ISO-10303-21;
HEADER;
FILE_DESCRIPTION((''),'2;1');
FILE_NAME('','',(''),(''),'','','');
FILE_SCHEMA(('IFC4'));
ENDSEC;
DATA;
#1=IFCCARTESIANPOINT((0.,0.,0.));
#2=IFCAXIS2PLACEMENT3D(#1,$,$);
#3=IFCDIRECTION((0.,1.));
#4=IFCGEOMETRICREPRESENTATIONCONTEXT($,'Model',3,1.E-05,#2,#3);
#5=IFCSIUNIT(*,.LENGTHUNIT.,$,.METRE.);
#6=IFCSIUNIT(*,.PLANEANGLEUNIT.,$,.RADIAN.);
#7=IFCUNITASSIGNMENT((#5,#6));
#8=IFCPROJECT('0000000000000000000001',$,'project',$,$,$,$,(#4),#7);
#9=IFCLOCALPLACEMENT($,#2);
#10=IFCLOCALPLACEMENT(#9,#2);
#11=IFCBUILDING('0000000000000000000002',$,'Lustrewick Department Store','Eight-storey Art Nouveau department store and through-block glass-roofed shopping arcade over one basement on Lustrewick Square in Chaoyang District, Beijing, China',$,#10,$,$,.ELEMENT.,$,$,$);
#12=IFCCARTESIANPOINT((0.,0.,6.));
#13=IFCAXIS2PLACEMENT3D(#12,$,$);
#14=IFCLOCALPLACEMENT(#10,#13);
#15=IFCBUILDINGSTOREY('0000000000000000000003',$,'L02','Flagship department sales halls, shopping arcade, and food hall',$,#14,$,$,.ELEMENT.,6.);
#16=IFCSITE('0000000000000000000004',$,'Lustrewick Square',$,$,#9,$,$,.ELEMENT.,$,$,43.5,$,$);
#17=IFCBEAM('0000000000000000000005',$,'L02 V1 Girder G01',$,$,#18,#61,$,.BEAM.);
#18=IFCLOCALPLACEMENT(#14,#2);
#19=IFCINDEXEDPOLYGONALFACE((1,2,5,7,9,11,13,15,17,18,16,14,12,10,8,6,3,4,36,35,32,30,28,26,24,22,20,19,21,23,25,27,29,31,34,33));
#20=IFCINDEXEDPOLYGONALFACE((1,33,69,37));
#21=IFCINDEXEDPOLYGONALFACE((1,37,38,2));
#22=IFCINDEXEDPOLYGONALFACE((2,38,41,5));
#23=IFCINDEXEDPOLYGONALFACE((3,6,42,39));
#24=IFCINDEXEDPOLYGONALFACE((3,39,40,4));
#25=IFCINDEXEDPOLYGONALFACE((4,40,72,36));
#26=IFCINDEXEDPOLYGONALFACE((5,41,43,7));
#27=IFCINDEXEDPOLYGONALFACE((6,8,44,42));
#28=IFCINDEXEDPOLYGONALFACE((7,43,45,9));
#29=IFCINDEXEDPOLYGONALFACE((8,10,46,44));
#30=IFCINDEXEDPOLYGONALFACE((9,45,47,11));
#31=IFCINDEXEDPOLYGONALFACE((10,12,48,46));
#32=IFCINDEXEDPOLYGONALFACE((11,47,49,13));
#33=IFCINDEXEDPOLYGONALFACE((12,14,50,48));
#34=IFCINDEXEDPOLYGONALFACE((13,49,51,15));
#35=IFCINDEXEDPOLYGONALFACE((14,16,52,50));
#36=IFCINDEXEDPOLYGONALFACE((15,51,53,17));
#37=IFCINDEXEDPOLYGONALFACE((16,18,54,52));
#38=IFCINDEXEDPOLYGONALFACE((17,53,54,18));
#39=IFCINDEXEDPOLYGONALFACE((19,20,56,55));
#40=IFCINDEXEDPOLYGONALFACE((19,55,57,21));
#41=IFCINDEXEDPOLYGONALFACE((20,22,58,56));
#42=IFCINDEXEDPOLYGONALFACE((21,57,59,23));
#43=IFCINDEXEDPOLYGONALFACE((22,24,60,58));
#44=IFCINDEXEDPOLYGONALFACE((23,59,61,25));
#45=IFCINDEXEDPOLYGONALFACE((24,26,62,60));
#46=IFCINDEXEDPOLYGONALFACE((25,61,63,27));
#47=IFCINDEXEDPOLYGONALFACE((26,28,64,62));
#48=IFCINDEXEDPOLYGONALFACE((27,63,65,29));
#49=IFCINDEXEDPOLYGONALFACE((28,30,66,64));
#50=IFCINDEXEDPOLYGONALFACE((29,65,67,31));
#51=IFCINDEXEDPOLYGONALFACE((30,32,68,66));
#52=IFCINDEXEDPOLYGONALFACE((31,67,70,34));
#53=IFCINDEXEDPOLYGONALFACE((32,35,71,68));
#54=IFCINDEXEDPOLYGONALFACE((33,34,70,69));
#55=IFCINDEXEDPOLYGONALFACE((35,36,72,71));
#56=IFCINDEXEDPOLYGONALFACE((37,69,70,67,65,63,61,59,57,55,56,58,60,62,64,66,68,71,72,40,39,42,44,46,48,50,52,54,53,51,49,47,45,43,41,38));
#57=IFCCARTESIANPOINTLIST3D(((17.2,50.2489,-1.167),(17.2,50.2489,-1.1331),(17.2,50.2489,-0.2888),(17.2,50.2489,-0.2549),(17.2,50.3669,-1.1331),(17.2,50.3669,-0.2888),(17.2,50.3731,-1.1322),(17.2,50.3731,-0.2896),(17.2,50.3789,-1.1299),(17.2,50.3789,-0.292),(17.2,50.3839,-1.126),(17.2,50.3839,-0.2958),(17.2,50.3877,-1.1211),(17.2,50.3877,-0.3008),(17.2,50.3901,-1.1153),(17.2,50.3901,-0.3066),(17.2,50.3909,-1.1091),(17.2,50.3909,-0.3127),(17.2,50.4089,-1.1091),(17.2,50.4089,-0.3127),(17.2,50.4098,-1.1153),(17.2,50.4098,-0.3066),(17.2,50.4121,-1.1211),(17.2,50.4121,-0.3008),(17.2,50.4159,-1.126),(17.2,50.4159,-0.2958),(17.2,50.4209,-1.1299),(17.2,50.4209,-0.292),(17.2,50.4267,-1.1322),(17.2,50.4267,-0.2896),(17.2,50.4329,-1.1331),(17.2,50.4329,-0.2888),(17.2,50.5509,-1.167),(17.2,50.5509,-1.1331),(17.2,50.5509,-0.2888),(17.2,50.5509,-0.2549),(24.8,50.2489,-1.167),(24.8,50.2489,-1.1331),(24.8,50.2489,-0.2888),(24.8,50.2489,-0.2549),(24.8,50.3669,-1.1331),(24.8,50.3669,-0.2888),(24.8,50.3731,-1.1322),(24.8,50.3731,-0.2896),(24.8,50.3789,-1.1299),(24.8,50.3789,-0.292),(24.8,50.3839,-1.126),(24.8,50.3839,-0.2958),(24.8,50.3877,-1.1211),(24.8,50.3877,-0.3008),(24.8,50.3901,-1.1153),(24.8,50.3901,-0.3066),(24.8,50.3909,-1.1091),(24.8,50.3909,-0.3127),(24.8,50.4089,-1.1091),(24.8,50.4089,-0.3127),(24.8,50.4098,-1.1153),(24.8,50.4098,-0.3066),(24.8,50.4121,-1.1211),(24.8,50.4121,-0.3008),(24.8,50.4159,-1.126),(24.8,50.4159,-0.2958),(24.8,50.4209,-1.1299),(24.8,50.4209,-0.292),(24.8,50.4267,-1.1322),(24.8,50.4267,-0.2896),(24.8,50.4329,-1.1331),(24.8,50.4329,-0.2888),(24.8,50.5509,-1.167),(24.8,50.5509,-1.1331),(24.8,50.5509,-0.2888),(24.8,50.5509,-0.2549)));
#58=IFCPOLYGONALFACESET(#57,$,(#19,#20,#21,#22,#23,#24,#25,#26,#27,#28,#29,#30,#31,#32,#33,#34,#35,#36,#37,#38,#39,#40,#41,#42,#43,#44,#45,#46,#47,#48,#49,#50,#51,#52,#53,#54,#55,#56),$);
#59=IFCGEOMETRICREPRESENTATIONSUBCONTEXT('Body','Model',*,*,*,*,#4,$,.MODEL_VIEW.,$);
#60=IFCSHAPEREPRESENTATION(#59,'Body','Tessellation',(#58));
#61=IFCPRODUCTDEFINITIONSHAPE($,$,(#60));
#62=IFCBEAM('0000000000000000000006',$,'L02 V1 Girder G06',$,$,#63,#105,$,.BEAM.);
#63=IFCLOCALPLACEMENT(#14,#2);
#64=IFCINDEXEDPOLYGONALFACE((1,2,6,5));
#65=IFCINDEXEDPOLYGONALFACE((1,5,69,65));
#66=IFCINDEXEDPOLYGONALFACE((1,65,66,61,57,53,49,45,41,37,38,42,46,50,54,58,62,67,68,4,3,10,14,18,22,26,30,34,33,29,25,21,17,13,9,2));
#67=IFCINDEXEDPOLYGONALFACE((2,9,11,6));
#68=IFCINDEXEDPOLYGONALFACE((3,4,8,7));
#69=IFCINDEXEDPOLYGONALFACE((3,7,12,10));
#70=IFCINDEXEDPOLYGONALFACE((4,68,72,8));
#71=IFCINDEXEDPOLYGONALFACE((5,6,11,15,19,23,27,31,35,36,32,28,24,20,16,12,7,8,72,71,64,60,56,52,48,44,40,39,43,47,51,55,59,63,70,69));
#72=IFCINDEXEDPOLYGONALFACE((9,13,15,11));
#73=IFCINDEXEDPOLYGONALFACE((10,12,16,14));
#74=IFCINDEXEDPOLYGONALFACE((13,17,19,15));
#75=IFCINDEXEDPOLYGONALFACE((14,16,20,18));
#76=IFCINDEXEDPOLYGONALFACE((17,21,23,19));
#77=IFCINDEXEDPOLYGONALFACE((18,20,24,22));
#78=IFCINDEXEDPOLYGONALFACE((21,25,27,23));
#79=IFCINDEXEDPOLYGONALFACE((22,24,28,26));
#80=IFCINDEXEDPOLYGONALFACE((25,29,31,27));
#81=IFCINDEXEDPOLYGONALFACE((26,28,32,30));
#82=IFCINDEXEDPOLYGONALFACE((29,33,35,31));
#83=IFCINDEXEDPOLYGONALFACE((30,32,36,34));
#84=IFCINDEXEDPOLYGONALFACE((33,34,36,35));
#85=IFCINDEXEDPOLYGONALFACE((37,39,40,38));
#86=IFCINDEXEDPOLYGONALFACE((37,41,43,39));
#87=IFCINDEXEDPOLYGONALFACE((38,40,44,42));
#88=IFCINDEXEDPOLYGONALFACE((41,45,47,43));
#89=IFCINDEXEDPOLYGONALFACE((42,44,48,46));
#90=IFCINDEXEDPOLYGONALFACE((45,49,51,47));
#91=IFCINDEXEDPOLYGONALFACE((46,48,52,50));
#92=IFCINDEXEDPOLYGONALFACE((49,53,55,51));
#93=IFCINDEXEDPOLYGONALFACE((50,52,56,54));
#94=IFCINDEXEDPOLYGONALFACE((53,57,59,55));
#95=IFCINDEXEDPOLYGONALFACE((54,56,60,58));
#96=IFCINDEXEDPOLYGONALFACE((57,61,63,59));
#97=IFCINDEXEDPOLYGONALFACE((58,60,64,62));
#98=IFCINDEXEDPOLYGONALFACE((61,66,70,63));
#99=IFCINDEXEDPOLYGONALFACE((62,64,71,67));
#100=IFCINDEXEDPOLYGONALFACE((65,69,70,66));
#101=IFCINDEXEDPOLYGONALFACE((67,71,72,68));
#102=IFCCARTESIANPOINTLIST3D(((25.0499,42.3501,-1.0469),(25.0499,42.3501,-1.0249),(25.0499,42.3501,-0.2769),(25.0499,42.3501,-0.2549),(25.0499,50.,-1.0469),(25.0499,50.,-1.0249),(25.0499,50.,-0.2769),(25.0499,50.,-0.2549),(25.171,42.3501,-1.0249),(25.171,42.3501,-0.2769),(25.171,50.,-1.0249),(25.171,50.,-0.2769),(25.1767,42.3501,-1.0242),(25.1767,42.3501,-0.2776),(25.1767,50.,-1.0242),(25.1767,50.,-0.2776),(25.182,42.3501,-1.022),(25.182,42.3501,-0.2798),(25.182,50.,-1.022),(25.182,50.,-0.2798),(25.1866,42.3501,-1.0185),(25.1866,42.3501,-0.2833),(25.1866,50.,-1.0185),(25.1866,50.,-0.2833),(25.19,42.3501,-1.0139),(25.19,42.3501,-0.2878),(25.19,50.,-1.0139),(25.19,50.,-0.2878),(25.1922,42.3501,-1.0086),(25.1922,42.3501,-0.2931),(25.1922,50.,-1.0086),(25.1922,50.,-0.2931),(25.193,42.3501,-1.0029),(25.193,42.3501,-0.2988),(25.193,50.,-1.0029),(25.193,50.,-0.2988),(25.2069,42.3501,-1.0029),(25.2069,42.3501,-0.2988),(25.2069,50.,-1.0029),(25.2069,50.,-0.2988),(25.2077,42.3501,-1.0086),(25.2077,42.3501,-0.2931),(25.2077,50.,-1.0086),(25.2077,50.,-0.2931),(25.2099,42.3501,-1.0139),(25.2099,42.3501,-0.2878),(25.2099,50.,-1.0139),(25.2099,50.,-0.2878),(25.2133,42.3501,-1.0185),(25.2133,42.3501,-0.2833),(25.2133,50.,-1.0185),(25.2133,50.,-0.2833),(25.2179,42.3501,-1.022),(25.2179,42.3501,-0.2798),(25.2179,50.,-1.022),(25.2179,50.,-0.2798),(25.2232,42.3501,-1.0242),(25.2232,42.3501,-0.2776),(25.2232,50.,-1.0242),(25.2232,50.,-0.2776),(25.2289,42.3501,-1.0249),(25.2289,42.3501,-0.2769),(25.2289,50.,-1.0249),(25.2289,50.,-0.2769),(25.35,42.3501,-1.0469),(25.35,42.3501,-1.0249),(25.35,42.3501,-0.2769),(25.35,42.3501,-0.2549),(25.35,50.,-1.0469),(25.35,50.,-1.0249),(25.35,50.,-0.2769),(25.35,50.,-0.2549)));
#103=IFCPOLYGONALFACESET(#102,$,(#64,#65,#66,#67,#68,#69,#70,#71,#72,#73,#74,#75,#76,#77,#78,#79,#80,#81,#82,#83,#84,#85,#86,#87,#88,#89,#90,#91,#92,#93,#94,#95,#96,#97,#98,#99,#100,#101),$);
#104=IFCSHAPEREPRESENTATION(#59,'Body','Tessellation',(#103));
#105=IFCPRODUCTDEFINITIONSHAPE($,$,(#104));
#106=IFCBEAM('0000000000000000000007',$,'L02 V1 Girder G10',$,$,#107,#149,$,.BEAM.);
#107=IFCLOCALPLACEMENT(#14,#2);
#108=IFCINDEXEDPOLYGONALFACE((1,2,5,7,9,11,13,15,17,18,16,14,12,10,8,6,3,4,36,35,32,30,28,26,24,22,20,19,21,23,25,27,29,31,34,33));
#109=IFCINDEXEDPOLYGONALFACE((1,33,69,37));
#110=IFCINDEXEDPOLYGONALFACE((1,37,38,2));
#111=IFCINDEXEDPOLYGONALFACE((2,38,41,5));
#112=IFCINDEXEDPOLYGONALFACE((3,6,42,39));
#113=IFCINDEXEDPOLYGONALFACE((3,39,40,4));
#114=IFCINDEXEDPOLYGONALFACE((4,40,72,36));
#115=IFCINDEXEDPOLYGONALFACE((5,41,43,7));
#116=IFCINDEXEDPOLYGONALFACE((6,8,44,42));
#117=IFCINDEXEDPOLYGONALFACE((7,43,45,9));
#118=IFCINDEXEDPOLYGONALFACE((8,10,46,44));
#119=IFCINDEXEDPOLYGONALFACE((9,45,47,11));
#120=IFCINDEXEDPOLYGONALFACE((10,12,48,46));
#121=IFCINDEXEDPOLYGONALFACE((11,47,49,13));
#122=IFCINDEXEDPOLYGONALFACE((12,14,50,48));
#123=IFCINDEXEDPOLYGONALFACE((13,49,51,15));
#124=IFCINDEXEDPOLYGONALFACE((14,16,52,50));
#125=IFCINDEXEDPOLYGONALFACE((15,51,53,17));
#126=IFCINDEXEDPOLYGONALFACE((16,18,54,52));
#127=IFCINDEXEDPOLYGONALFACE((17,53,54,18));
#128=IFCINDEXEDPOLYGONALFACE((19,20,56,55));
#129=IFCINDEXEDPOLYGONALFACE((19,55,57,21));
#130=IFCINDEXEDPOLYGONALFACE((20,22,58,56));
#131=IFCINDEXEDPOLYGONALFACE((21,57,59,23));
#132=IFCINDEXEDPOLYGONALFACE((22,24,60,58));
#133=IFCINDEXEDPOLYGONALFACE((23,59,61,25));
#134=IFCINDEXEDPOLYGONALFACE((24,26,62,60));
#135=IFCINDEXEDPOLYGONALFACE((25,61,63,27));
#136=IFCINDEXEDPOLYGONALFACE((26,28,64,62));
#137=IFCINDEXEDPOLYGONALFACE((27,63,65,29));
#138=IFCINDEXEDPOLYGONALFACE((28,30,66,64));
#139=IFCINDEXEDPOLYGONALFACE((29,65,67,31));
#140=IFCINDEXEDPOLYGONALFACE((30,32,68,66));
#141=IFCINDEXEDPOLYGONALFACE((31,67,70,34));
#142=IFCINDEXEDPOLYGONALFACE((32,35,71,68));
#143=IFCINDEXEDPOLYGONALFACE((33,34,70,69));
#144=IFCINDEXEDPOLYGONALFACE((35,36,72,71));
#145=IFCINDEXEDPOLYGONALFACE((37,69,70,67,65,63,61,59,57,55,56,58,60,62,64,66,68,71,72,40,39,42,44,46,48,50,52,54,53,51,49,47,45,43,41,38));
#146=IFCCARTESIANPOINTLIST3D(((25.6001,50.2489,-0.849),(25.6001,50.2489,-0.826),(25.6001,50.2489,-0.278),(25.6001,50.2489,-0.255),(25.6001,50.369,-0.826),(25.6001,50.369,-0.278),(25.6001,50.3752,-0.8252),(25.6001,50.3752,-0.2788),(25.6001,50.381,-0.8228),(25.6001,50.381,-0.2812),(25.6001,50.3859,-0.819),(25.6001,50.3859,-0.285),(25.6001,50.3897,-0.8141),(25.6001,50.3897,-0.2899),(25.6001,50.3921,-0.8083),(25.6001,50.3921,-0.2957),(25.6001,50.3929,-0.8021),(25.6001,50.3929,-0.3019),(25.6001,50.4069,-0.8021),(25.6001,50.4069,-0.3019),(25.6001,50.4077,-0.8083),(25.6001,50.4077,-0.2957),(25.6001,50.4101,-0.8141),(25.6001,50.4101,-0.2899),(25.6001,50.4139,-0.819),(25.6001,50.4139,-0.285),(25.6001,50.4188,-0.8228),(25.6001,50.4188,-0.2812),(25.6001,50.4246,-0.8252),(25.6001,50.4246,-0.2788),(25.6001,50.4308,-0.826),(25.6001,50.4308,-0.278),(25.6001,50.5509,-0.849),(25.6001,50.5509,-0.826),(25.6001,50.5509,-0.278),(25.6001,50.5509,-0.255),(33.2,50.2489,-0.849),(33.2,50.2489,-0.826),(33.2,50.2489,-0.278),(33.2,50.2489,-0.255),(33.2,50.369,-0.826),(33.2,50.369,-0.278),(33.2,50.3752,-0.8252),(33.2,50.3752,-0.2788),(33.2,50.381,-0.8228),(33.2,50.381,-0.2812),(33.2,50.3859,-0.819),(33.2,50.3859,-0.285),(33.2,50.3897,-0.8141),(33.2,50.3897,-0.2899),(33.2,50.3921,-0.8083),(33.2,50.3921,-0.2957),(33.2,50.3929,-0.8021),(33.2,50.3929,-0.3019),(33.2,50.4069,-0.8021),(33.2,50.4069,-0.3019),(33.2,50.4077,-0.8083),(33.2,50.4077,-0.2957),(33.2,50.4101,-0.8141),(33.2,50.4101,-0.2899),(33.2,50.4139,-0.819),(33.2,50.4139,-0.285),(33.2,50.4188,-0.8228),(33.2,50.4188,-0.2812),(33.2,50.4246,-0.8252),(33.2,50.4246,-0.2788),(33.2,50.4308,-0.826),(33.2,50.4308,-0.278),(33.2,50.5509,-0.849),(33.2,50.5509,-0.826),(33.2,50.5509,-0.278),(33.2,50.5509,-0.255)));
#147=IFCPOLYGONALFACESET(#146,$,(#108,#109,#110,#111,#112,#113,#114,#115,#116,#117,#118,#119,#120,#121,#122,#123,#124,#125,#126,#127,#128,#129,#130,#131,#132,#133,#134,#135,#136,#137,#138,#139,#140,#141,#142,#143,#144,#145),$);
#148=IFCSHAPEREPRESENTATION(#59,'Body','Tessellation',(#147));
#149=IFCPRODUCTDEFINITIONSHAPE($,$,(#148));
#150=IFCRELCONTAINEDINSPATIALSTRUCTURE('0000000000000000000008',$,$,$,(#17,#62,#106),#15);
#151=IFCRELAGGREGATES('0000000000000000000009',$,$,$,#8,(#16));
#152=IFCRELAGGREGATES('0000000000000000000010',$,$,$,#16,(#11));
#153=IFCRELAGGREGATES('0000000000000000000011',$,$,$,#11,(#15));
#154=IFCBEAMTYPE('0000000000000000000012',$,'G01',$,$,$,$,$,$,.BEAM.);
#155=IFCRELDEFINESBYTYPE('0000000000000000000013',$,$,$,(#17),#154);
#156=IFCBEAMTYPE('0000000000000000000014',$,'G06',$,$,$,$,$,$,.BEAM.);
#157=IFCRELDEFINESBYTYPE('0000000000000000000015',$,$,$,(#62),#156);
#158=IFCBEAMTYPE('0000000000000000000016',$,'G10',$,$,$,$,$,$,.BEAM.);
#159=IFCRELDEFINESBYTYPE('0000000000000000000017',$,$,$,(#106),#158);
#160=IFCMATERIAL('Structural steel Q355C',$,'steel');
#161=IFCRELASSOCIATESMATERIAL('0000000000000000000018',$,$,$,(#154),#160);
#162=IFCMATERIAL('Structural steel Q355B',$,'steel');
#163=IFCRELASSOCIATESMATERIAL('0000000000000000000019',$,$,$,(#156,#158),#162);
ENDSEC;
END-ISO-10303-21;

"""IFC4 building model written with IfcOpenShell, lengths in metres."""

from ifc_helpers import new_model, si_unit, direction, frame, origin, origin_2d, place, context, subcontext, project, spatial, i_section, extrude, material, material_profile, profile_set, type_object, element, save


model = new_model("IFC4")

# Units and contexts
model_context = context("Model", 3, precision=1e-05, world=origin(), true_north=direction((0.0, 1.0)))
body_context = subcontext(model_context, "Body", "Model", "MODEL_VIEW")
ifc_project = project(units=[si_unit("LENGTHUNIT", "METRE"), si_unit("PLANEANGLEUNIT", "RADIAN")], contexts=[model_context])

# Site, building, storey
site_placement = place(None, origin())
site = spatial("IfcSite", under=ifc_project, at=site_placement, Name="Lustrewick Square", CompositionType="ELEMENT", RefElevation=43.5)
building_placement = place(site_placement, origin())
building = spatial("IfcBuilding", under=site, at=building_placement, Name="Lustrewick Department Store", Description="Eight-storey Art Nouveau department store and through-block glass-roofed shopping arcade over one basement on Lustrewick Square in Chaoyang District, Beijing, China", CompositionType="ELEMENT")
storey_placement = place(building_placement, frame((0.0, 0.0, 6.0)))
storey = spatial("IfcBuildingStorey", under=building, at=storey_placement, Name="L02", Description="Flagship department sales halls, shopping arcade, and food hall", CompositionType="ELEMENT", Elevation=6.0)

# Shared definitions
ifc_material_1 = material(Name="Structural steel Q355C", Category="steel")

# Shared definitions
ifc_material_2 = material(Name="Structural steel Q355B", Category="steel")

# Beams
ifc_material_profile_1 = material_profile(ifc_material_1, i_section(OverallWidth=0.302, OverallDepth=0.9121, WebThickness=0.0181, FlangeThickness=0.0339, FilletRadius=0.0239, at=origin_2d()), Name="HN 912x302x18x34")
ifc_profile_set_1 = profile_set([ifc_material_profile_1], Name="Structural steel Q355C")
beam_type_1 = type_object("IfcBeamType", Name="G01", PredefinedType="BEAM", material=ifc_profile_set_1)
beam_1_placement = place(storey_placement, frame((17.2, 50.3999, -0.7109), z_axis=(1.0, 0.0, 0.0), x_axis=(0.0, 1.0, 0.0)))
element("IfcBeam", 1, at=beam_1_placement, inside=storey, type_object=beam_type_1, Name="L02 V1 Girder G01", PredefinedType="BEAM", context=body_context, shape_type="SweptSolid", body=[
    extrude(i_section(OverallWidth=0.302, OverallDepth=0.9121, WebThickness=0.0181, FlangeThickness=0.0339, FilletRadius=0.0239, at=origin_2d()), origin(), (0.0, 0.0, 1.0), 7.6001),
])
ifc_material_profile_2 = material_profile(ifc_material_2, i_section(OverallWidth=0.3, OverallDepth=0.792, WebThickness=0.0139, FlangeThickness=0.022, FilletRadius=0.022, at=origin_2d()), Name="HN 792x300x14x22")
ifc_profile_set_2 = profile_set([ifc_material_profile_2], Name="Structural steel Q355B")
beam_type_2 = type_object("IfcBeamType", Name="G06", PredefinedType="BEAM", material=ifc_profile_set_2)
beam_2_placement = place(storey_placement, frame((25.2, 42.3501, -0.6509), z_axis=(0.0, 1.0, 0.0), x_axis=(-1.0, 0.0, 0.0)))
element("IfcBeam", 2, at=beam_2_placement, inside=storey, type_object=beam_type_2, Name="L02 V1 Girder G06", PredefinedType="BEAM", context=body_context, shape_type="SweptSolid", body=[
    extrude(i_section(OverallWidth=0.3, OverallDepth=0.792, WebThickness=0.0139, FlangeThickness=0.022, FilletRadius=0.022, at=origin_2d()), origin(), (0.0, 0.0, 1.0), 7.6499),
])
ifc_material_profile_3 = material_profile(ifc_material_2, i_section(OverallWidth=0.302, OverallDepth=0.594, WebThickness=0.0139, FlangeThickness=0.0229, FilletRadius=0.0239, at=origin_2d()), Name="HM 594x302x14x23")
ifc_profile_set_3 = profile_set([ifc_material_profile_3], Name="Structural steel Q355B")
beam_type_3 = type_object("IfcBeamType", Name="G10", PredefinedType="BEAM", material=ifc_profile_set_3)
beam_3_placement = place(storey_placement, frame((25.6001, 50.3999, -0.552), z_axis=(1.0, 0.0, 0.0), x_axis=(0.0, 1.0, 0.0)))
element("IfcBeam", 3, at=beam_3_placement, inside=storey, type_object=beam_type_3, Name="L02 V1 Girder G10", PredefinedType="BEAM", context=body_context, shape_type="SweptSolid", body=[
    extrude(i_section(OverallWidth=0.302, OverallDepth=0.594, WebThickness=0.0139, FlangeThickness=0.0229, FilletRadius=0.0239, at=origin_2d()), origin(), (0.0, 0.0, 1.0), 7.5999),
])

save(model, "model.ifc")
